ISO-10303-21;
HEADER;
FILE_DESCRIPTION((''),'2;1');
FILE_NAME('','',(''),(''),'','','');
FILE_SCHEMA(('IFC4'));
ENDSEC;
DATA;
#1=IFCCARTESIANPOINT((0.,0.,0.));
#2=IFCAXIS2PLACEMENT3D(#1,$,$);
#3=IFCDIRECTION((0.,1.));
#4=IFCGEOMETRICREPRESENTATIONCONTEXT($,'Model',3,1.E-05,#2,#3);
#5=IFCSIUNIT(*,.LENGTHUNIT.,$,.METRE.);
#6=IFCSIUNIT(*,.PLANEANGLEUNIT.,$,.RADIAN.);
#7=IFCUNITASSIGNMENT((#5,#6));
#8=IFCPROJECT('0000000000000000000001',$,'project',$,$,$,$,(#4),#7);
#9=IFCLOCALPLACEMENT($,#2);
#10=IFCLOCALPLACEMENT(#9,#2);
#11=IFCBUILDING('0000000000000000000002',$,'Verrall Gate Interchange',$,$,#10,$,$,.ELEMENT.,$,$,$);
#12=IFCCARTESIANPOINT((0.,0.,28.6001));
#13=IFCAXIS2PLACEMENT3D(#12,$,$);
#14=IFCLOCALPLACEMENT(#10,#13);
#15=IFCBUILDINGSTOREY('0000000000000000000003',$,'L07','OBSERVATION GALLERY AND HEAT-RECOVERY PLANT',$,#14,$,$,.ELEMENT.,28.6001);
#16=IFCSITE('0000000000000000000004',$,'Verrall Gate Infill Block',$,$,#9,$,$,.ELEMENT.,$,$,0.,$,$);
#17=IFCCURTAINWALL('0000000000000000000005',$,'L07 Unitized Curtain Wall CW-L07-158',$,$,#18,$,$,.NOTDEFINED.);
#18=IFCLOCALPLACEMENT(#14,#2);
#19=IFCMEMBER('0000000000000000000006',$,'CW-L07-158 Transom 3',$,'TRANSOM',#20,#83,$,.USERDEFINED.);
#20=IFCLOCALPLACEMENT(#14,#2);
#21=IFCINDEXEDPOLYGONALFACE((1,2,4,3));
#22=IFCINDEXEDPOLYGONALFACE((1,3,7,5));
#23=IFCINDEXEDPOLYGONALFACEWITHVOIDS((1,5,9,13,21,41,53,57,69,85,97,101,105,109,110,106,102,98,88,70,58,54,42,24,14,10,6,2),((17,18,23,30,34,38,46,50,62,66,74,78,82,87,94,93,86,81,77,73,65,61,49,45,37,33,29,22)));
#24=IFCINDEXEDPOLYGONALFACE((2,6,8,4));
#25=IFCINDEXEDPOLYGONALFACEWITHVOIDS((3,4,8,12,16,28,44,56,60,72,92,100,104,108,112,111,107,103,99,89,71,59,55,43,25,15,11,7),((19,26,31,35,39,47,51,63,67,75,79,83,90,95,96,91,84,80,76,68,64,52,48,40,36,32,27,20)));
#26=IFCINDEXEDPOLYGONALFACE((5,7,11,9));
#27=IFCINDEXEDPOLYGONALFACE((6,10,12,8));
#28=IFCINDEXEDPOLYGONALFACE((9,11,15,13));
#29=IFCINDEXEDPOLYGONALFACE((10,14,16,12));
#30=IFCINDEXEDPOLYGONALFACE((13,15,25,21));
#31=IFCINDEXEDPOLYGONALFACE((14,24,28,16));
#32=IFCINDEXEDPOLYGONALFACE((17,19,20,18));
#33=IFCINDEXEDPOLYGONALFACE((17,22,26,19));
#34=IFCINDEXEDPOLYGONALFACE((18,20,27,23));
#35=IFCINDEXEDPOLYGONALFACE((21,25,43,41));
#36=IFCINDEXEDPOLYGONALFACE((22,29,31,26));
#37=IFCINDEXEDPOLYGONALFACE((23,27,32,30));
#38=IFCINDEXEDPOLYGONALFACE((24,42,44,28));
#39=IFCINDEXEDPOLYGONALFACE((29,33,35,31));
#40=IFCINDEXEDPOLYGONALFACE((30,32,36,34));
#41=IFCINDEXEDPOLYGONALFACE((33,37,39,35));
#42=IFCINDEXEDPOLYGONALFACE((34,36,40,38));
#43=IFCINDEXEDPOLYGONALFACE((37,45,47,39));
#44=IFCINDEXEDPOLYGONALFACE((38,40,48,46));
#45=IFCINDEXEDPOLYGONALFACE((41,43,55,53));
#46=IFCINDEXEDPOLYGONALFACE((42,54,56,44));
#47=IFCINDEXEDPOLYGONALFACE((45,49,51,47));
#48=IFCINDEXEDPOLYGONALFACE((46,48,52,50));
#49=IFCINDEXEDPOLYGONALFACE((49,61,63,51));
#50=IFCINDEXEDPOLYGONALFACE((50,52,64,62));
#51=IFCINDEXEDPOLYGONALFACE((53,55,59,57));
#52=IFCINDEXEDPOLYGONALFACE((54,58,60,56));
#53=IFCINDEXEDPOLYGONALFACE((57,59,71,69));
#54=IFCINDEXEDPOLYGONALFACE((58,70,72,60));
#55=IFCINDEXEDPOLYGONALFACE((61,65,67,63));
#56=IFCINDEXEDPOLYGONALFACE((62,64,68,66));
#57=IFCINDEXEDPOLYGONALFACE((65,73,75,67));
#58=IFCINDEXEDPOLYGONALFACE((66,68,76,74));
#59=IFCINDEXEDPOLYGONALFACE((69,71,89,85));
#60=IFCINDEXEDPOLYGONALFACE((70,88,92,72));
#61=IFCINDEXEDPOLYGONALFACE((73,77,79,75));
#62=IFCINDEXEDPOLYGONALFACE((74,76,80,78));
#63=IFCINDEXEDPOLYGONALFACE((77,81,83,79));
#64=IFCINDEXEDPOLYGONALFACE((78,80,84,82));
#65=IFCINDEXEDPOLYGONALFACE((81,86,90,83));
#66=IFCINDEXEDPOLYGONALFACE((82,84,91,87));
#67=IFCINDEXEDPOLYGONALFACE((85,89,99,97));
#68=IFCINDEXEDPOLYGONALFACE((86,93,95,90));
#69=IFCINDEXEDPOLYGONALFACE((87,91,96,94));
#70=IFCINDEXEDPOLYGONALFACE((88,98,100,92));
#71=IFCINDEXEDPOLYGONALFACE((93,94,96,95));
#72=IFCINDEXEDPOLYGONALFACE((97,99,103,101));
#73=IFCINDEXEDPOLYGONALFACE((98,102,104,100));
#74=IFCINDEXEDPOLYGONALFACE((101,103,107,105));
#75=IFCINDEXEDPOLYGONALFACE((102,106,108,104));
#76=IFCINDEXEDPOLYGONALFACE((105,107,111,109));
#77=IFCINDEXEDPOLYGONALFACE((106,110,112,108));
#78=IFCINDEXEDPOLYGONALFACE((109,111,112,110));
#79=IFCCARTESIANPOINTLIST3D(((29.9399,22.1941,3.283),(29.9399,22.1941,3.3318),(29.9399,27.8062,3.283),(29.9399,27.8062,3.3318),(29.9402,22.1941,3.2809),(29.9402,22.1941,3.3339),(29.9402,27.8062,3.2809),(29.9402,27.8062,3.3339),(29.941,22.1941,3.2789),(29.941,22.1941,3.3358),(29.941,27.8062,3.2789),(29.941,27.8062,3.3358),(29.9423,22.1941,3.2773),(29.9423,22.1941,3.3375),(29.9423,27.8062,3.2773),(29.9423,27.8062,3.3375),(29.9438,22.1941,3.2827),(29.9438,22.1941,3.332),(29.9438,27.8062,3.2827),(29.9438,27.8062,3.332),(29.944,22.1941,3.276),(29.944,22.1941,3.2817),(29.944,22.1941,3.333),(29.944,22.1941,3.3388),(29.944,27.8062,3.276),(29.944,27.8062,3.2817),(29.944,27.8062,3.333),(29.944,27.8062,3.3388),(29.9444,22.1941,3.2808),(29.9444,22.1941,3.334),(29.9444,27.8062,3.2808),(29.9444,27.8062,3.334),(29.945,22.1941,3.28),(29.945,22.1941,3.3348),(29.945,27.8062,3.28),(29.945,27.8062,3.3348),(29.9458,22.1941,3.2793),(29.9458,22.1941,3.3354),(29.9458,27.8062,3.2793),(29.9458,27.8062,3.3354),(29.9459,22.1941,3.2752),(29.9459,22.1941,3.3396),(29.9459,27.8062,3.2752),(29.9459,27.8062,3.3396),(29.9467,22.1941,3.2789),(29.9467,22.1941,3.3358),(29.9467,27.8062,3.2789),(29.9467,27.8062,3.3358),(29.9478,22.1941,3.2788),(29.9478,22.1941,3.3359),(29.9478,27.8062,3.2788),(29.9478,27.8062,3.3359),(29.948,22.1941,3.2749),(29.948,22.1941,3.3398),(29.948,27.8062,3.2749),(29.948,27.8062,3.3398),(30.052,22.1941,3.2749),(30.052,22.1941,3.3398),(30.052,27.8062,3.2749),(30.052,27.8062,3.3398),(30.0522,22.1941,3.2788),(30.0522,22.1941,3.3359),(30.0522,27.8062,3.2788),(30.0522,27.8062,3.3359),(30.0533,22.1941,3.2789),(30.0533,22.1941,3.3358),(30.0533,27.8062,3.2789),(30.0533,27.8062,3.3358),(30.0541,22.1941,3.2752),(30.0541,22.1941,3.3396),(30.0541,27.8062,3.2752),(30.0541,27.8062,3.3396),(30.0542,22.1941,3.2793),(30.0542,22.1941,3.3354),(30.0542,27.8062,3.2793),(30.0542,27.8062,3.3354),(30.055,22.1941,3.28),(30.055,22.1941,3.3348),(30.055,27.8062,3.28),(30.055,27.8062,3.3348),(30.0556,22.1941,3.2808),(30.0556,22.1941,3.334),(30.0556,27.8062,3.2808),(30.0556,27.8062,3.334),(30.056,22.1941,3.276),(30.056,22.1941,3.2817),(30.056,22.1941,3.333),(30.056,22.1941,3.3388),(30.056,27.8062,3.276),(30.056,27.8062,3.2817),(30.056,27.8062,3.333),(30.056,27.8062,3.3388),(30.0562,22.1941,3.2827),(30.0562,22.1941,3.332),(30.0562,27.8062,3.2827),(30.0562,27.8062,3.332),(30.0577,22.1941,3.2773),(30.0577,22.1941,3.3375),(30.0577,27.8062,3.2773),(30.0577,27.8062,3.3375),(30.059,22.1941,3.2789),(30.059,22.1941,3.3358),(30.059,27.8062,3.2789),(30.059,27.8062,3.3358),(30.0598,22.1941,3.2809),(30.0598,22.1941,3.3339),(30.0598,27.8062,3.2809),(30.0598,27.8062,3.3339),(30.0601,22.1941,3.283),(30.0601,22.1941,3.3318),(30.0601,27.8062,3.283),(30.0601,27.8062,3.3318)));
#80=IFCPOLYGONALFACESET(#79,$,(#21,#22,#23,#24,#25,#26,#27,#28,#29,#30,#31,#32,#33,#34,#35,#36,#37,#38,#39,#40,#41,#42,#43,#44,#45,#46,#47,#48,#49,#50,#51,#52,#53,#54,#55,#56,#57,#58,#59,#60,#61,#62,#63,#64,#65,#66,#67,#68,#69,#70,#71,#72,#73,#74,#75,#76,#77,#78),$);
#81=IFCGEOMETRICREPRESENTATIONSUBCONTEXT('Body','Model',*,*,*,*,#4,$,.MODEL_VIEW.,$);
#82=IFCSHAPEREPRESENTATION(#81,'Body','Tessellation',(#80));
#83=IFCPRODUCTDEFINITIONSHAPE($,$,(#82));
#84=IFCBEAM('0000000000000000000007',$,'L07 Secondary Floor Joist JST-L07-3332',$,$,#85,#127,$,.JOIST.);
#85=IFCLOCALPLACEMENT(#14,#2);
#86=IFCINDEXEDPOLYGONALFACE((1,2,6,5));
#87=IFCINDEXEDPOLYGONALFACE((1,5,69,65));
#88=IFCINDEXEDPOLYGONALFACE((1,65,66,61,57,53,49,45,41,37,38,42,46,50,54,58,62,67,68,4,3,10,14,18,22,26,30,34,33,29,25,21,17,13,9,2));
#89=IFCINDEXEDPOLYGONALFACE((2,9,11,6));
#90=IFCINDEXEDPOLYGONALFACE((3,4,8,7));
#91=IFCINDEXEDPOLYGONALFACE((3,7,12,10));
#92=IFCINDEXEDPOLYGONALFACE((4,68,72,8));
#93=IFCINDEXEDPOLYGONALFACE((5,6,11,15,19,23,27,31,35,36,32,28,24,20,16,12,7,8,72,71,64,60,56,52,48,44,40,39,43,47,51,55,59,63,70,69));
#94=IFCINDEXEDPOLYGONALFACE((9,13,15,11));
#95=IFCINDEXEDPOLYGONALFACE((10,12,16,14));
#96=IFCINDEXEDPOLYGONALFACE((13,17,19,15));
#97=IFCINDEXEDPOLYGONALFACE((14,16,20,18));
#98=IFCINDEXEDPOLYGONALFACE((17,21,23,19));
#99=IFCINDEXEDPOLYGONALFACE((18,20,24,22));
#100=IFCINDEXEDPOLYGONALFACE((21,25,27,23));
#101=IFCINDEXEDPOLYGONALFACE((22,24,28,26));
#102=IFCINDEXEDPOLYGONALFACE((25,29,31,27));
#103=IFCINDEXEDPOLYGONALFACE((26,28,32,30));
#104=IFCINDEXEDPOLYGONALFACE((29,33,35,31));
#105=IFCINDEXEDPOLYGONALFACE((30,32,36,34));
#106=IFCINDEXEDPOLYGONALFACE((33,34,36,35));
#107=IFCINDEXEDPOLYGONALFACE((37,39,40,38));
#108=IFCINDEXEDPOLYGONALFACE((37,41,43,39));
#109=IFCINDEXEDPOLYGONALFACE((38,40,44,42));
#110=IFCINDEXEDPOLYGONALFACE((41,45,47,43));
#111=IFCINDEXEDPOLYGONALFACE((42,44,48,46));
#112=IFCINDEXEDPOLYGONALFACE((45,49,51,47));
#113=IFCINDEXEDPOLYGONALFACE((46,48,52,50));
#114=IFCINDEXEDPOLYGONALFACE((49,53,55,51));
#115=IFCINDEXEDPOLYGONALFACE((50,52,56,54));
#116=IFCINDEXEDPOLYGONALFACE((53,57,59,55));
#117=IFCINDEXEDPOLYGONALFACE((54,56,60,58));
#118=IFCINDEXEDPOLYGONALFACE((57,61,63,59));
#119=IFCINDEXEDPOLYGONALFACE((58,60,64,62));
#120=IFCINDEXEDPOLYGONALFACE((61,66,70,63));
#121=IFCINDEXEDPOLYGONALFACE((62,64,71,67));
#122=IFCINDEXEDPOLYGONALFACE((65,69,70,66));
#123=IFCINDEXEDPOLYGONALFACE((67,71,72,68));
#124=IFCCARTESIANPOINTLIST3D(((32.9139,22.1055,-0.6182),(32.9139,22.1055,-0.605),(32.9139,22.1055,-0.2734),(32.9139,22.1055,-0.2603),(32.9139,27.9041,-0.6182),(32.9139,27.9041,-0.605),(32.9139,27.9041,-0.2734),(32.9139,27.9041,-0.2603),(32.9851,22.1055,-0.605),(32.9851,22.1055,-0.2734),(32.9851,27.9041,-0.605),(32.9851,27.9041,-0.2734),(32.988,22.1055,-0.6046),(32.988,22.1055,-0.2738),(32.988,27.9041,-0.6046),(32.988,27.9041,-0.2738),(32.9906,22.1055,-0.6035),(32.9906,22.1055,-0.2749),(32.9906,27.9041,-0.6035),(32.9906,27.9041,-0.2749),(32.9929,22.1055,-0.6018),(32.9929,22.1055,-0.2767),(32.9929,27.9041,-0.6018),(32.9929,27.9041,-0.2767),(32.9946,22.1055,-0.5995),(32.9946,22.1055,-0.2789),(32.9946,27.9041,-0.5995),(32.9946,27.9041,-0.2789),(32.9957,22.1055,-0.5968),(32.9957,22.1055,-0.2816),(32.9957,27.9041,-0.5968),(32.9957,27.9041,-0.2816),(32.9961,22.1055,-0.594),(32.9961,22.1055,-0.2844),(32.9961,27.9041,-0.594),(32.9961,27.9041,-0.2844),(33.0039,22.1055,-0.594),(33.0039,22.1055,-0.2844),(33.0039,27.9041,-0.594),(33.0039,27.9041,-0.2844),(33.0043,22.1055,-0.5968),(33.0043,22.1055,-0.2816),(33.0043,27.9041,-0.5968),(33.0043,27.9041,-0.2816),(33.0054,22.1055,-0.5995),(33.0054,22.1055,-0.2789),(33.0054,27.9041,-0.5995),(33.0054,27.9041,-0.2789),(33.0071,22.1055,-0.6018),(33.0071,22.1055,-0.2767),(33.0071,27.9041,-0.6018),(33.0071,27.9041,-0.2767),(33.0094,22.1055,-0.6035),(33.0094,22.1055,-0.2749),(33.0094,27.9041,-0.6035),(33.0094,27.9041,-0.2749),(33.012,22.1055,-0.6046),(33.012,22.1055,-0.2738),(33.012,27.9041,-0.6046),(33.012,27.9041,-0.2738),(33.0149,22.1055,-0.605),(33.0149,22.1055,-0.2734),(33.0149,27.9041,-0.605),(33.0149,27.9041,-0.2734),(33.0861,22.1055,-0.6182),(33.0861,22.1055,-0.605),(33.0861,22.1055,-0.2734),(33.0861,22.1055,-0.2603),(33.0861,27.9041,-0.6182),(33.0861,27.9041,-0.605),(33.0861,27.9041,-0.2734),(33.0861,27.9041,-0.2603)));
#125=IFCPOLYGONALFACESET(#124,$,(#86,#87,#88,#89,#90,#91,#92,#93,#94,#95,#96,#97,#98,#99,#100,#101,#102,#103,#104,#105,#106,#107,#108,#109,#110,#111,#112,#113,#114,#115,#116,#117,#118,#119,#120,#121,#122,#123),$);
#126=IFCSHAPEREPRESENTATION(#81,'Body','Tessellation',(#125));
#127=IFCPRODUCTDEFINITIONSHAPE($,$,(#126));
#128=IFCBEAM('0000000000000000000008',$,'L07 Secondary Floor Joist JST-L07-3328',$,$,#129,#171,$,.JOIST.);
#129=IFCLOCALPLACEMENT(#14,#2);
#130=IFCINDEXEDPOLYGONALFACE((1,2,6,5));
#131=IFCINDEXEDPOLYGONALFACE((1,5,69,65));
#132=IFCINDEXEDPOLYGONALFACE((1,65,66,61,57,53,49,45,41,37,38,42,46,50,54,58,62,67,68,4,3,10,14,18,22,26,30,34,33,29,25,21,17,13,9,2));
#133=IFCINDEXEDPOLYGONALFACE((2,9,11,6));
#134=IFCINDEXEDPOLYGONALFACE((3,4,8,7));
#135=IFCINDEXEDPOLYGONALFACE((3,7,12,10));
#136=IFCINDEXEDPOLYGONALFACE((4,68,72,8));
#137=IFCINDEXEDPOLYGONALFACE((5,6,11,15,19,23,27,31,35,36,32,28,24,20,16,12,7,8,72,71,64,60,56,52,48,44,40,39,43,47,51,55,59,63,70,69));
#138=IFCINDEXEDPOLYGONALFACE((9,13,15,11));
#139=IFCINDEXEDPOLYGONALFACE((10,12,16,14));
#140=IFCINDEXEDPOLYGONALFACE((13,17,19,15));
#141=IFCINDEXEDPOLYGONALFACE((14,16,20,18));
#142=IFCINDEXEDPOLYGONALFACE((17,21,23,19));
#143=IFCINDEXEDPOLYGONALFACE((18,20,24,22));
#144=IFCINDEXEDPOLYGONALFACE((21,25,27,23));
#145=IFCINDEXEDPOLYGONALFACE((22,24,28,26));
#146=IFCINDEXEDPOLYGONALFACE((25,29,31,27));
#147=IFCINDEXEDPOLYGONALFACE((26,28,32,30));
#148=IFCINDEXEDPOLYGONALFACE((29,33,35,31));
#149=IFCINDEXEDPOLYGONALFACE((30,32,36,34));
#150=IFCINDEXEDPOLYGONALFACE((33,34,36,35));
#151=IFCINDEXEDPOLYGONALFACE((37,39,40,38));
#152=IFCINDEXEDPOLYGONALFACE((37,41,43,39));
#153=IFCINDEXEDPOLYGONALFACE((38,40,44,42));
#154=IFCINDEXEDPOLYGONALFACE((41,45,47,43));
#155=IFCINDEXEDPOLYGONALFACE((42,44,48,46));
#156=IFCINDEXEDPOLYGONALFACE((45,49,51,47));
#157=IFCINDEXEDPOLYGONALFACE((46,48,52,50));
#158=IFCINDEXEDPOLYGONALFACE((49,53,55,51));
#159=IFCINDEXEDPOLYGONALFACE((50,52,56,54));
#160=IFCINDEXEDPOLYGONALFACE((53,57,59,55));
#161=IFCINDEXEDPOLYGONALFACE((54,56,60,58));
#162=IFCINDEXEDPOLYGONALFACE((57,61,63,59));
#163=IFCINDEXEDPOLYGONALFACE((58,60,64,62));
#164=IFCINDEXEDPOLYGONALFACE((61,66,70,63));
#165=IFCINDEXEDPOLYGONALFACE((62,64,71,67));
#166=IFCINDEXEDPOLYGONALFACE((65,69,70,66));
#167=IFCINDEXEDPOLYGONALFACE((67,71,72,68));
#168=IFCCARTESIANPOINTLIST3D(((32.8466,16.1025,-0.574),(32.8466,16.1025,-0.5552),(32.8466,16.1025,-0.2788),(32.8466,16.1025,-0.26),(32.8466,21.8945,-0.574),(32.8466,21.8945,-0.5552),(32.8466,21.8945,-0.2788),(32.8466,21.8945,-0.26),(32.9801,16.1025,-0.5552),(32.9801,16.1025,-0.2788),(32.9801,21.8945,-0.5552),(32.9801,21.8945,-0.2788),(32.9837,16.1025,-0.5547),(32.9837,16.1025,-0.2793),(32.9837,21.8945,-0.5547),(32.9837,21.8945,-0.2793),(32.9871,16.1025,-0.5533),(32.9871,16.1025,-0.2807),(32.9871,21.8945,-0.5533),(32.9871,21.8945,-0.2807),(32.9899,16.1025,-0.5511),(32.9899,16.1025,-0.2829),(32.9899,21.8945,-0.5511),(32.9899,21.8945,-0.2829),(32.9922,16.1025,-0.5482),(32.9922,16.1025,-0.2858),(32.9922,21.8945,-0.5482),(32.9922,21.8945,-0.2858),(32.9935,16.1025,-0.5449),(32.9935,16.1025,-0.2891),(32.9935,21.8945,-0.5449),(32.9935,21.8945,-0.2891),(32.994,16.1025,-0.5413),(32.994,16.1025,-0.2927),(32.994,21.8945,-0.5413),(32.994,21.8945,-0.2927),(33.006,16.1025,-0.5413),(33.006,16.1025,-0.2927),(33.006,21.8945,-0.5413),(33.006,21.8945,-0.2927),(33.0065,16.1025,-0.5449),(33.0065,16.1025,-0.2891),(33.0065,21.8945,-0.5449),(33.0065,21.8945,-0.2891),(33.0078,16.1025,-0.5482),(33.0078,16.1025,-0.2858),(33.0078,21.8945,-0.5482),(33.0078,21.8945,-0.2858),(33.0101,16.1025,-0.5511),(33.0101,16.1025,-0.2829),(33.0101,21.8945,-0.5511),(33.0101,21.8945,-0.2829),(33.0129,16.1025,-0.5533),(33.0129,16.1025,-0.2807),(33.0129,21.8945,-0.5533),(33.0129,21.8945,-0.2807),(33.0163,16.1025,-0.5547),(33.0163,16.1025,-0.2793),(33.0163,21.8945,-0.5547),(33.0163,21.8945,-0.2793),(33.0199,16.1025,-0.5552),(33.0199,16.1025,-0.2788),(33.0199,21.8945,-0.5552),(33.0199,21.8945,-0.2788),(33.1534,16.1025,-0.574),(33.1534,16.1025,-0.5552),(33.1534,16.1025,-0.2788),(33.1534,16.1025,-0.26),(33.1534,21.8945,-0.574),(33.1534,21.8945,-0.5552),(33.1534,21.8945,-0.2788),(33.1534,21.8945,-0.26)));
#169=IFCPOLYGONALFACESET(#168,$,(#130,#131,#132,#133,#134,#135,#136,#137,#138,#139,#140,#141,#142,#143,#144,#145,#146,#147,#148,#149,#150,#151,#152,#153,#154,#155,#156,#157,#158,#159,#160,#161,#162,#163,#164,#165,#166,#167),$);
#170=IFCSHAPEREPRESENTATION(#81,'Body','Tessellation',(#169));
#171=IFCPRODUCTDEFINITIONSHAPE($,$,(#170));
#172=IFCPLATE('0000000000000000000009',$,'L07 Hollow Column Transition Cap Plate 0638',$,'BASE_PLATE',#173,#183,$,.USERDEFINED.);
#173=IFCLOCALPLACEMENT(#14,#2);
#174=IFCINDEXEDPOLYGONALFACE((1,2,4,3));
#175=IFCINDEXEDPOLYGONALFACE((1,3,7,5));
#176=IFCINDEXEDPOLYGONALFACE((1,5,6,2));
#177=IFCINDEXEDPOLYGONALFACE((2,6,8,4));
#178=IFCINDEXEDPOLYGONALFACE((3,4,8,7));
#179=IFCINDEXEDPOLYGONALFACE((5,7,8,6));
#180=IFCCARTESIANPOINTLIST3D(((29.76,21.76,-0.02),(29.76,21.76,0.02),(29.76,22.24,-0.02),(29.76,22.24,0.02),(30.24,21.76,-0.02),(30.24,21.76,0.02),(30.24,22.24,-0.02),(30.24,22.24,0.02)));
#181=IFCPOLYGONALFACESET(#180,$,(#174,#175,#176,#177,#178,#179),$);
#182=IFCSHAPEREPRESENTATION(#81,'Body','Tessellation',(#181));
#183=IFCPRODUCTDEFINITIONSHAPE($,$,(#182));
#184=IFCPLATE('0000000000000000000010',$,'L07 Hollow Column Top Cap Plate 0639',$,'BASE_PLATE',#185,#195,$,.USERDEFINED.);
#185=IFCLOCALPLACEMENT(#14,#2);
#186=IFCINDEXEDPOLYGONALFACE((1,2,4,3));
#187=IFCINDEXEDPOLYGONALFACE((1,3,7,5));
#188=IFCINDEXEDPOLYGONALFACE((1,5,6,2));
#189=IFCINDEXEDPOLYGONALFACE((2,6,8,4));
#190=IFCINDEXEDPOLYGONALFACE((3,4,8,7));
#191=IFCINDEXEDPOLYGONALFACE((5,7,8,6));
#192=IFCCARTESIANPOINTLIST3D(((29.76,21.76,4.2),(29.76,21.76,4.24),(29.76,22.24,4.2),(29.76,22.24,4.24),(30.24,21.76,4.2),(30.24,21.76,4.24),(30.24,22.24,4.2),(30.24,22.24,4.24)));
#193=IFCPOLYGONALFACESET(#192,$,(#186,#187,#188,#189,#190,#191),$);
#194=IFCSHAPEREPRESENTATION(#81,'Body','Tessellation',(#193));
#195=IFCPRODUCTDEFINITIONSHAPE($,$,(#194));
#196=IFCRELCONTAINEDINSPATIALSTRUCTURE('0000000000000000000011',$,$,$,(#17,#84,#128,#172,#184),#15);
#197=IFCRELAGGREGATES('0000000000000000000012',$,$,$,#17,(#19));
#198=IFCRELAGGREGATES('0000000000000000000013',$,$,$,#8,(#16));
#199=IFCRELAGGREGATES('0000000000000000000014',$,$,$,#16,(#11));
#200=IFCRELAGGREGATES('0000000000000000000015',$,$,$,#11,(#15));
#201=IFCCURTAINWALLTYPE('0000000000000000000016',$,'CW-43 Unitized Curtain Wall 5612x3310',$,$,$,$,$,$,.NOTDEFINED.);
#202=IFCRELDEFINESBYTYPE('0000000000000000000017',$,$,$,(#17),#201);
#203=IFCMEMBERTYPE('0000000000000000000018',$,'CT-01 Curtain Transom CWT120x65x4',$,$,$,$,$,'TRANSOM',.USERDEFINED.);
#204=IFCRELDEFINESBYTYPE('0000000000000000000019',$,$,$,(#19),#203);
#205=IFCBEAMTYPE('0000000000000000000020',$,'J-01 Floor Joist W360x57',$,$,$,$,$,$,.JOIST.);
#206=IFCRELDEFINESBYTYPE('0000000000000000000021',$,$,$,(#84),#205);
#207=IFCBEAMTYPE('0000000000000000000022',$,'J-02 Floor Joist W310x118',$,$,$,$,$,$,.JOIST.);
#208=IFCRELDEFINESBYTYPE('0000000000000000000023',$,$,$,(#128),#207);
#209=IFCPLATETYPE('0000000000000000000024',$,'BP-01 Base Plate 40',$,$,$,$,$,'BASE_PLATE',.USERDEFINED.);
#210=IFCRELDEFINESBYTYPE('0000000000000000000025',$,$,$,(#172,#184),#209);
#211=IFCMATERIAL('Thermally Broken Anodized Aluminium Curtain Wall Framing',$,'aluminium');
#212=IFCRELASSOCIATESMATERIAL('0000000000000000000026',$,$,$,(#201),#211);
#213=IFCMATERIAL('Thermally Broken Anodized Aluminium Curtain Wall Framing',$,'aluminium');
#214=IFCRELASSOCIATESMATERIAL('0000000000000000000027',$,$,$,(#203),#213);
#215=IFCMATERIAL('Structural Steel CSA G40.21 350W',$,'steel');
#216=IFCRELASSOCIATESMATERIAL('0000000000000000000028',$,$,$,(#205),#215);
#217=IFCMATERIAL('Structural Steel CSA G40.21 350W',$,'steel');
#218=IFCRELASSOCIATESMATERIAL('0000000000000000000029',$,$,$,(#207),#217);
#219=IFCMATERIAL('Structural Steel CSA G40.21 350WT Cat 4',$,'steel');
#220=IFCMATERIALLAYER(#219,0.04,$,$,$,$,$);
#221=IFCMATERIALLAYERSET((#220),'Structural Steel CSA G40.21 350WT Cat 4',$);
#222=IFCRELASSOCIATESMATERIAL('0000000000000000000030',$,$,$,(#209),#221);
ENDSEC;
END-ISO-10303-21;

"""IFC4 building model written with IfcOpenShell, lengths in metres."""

from ifc_helpers import new_model, si_unit, direction, frame, origin, origin_2d, place, context, subcontext, project, spatial, rectangle, hollow_rectangle, i_section, extrude, material, layer, layer_set, material_profile, profile_set, type_object, element, aggregate, save


model = new_model("IFC4")

# Units and contexts
model_context = context("Model", 3, precision=1e-05, world=origin(), true_north=direction((0.0, 1.0)))
body_context = subcontext(model_context, "Body", "Model", "MODEL_VIEW")
ifc_project = project(units=[si_unit("LENGTHUNIT", "METRE"), si_unit("PLANEANGLEUNIT", "RADIAN")], contexts=[model_context])

# Site, building, storey
site_placement = place(None, origin())
site = spatial("IfcSite", under=ifc_project, at=site_placement, Name="Verrall Gate Infill Block", CompositionType="ELEMENT", RefElevation=0.0)
building_placement = place(site_placement, origin())
building = spatial("IfcBuilding", under=site, at=building_placement, Name="Verrall Gate Interchange", CompositionType="ELEMENT")
storey_placement = place(building_placement, frame((0.0, 0.0, 28.6001)))
storey = spatial("IfcBuildingStorey", under=building, at=storey_placement, Name="L07", Description="OBSERVATION GALLERY AND HEAT-RECOVERY PLANT", CompositionType="ELEMENT", Elevation=28.6001)

# Curtain wall
ifc_material_1 = material(Name="Thermally Broken Anodized Aluminium Curtain Wall Framing", Category="aluminium")
curtain_wall_type = type_object("IfcCurtainWallType", Name="CW-43 Unitized Curtain Wall 5612x3310", PredefinedType="NOTDEFINED", material=ifc_material_1)
curtain_wall_1_placement = place(storey_placement, origin())
curtain_wall_1 = element("IfcCurtainWall", 1, at=curtain_wall_1_placement, inside=storey, type_object=curtain_wall_type, Name="L07 Unitized Curtain Wall CW-L07-158", PredefinedType="NOTDEFINED")

# Member
ifc_material_2 = material(Name="Thermally Broken Anodized Aluminium Curtain Wall Framing", Category="aluminium")
ifc_material_profile_1 = material_profile(ifc_material_2, hollow_rectangle(XDim=0.1201, YDim=0.0649, WallThickness=0.0039, InnerFilletRadius=0.0039, OuterFilletRadius=0.0081, at=origin_2d()), Name="CWT120x65x4")
ifc_profile_set_1 = profile_set([ifc_material_profile_1], Name="Thermally Broken Anodized Aluminium Curtain Wall Framing")
member_type_1 = type_object("IfcMemberType", Name="CT-01 Curtain Transom CWT120x65x4", ElementType="TRANSOM", PredefinedType="USERDEFINED", material=ifc_profile_set_1)
member_1_placement = place(storey_placement, frame((30.0, 22.1941, 3.3074), z_axis=(0.0, 1.0, 0.0), x_axis=(-1.0, 0.0, 0.0)))
member_1 = element("IfcMember", 2, at=member_1_placement, type_object=member_type_1, Name="CW-L07-158 Transom 3", ObjectType="TRANSOM", PredefinedType="USERDEFINED", context=body_context, shape_type="SweptSolid", body=[
    extrude(hollow_rectangle(XDim=0.1201, YDim=0.0649, WallThickness=0.0039, InnerFilletRadius=0.0039, OuterFilletRadius=0.0081, at=origin_2d()), origin(), (0.0, 0.0, 1.0), 5.6121),
])

# Beams
ifc_material_3 = material(Name="Structural Steel CSA G40.21 350W", Category="steel")
ifc_material_profile_2 = material_profile(ifc_material_3, i_section(OverallWidth=0.1721, OverallDepth=0.3579, WebThickness=0.0078, FlangeThickness=0.0132, FilletRadius=0.011, at=origin_2d()), Name="W360x57")
ifc_profile_set_2 = profile_set([ifc_material_profile_2], Name="Structural Steel CSA G40.21 350W")
beam_type_1 = type_object("IfcBeamType", Name="J-01 Floor Joist W360x57", PredefinedType="JOIST", material=ifc_profile_set_2)
beam_1_placement = place(storey_placement, frame((33.0, 22.1055, -0.4392), z_axis=(0.0, 1.0, 0.0), x_axis=(-1.0, 0.0, 0.0)))
element("IfcBeam", 3, at=beam_1_placement, inside=storey, type_object=beam_type_1, Name="L07 Secondary Floor Joist JST-L07-3332", PredefinedType="JOIST", context=body_context, shape_type="SweptSolid", body=[
    extrude(i_section(OverallWidth=0.1721, OverallDepth=0.3579, WebThickness=0.0078, FlangeThickness=0.0132, FilletRadius=0.011, at=origin_2d()), origin(), (0.0, 0.0, 1.0), 5.7986),
])
ifc_material_4 = material(Name="Structural Steel CSA G40.21 350W", Category="steel")
ifc_material_profile_3 = material_profile(ifc_material_4, i_section(OverallWidth=0.3069, OverallDepth=0.314, WebThickness=0.012, FlangeThickness=0.0188, FilletRadius=0.0139, at=origin_2d()), Name="W310x118")
ifc_profile_set_3 = profile_set([ifc_material_profile_3], Name="Structural Steel CSA G40.21 350W")
beam_type_2 = type_object("IfcBeamType", Name="J-02 Floor Joist W310x118", PredefinedType="JOIST", material=ifc_profile_set_3)
beam_2_placement = place(storey_placement, frame((33.0, 16.1025, -0.417), z_axis=(0.0, 1.0, 0.0), x_axis=(-1.0, 0.0, 0.0)))
element("IfcBeam", 4, at=beam_2_placement, inside=storey, type_object=beam_type_2, Name="L07 Secondary Floor Joist JST-L07-3328", PredefinedType="JOIST", context=body_context, shape_type="SweptSolid", body=[
    extrude(i_section(OverallWidth=0.3069, OverallDepth=0.314, WebThickness=0.012, FlangeThickness=0.0188, FilletRadius=0.0139, at=origin_2d()), origin(), (0.0, 0.0, 1.0), 5.792),
])

# Plates
ifc_material_5 = material(Name="Structural Steel CSA G40.21 350WT Cat 4", Category="steel")
ifc_layer_1 = layer(ifc_material_5, 0.04)
ifc_layer_set_1 = layer_set([ifc_layer_1], Name="Structural Steel CSA G40.21 350WT Cat 4")
plate_type_1 = type_object("IfcPlateType", Name="BP-01 Base Plate 40", ElementType="BASE_PLATE", PredefinedType="USERDEFINED", material=ifc_layer_set_1)
for number, where, z_axis, x_axis, name in (
    (5, (30.0, 22.0, -0.02), (0.0, 0.0, 1.0), (1.0, 0.0, 0.0), "L07 Hollow Column Transition Cap Plate 0638"),
    (6, (30.0, 22.0, 4.2), (0.0, 0.0, 1.0), (1.0, 0.0, 0.0), "L07 Hollow Column Top Cap Plate 0639"),
):
    element("IfcPlate", number, at=place(storey_placement, frame(where, z_axis=z_axis, x_axis=x_axis)), inside=storey, type_object=plate_type_1, Name=name, ObjectType="BASE_PLATE", PredefinedType="USERDEFINED", context=body_context, shape_type="SweptSolid", body=[
        extrude(rectangle(XDim=0.48, YDim=0.48, at=origin_2d()), origin(), (0.0, 0.0, 1.0), 0.04),
    ])

aggregate(curtain_wall_1, [member_1])

save(model, "model.ifc")
